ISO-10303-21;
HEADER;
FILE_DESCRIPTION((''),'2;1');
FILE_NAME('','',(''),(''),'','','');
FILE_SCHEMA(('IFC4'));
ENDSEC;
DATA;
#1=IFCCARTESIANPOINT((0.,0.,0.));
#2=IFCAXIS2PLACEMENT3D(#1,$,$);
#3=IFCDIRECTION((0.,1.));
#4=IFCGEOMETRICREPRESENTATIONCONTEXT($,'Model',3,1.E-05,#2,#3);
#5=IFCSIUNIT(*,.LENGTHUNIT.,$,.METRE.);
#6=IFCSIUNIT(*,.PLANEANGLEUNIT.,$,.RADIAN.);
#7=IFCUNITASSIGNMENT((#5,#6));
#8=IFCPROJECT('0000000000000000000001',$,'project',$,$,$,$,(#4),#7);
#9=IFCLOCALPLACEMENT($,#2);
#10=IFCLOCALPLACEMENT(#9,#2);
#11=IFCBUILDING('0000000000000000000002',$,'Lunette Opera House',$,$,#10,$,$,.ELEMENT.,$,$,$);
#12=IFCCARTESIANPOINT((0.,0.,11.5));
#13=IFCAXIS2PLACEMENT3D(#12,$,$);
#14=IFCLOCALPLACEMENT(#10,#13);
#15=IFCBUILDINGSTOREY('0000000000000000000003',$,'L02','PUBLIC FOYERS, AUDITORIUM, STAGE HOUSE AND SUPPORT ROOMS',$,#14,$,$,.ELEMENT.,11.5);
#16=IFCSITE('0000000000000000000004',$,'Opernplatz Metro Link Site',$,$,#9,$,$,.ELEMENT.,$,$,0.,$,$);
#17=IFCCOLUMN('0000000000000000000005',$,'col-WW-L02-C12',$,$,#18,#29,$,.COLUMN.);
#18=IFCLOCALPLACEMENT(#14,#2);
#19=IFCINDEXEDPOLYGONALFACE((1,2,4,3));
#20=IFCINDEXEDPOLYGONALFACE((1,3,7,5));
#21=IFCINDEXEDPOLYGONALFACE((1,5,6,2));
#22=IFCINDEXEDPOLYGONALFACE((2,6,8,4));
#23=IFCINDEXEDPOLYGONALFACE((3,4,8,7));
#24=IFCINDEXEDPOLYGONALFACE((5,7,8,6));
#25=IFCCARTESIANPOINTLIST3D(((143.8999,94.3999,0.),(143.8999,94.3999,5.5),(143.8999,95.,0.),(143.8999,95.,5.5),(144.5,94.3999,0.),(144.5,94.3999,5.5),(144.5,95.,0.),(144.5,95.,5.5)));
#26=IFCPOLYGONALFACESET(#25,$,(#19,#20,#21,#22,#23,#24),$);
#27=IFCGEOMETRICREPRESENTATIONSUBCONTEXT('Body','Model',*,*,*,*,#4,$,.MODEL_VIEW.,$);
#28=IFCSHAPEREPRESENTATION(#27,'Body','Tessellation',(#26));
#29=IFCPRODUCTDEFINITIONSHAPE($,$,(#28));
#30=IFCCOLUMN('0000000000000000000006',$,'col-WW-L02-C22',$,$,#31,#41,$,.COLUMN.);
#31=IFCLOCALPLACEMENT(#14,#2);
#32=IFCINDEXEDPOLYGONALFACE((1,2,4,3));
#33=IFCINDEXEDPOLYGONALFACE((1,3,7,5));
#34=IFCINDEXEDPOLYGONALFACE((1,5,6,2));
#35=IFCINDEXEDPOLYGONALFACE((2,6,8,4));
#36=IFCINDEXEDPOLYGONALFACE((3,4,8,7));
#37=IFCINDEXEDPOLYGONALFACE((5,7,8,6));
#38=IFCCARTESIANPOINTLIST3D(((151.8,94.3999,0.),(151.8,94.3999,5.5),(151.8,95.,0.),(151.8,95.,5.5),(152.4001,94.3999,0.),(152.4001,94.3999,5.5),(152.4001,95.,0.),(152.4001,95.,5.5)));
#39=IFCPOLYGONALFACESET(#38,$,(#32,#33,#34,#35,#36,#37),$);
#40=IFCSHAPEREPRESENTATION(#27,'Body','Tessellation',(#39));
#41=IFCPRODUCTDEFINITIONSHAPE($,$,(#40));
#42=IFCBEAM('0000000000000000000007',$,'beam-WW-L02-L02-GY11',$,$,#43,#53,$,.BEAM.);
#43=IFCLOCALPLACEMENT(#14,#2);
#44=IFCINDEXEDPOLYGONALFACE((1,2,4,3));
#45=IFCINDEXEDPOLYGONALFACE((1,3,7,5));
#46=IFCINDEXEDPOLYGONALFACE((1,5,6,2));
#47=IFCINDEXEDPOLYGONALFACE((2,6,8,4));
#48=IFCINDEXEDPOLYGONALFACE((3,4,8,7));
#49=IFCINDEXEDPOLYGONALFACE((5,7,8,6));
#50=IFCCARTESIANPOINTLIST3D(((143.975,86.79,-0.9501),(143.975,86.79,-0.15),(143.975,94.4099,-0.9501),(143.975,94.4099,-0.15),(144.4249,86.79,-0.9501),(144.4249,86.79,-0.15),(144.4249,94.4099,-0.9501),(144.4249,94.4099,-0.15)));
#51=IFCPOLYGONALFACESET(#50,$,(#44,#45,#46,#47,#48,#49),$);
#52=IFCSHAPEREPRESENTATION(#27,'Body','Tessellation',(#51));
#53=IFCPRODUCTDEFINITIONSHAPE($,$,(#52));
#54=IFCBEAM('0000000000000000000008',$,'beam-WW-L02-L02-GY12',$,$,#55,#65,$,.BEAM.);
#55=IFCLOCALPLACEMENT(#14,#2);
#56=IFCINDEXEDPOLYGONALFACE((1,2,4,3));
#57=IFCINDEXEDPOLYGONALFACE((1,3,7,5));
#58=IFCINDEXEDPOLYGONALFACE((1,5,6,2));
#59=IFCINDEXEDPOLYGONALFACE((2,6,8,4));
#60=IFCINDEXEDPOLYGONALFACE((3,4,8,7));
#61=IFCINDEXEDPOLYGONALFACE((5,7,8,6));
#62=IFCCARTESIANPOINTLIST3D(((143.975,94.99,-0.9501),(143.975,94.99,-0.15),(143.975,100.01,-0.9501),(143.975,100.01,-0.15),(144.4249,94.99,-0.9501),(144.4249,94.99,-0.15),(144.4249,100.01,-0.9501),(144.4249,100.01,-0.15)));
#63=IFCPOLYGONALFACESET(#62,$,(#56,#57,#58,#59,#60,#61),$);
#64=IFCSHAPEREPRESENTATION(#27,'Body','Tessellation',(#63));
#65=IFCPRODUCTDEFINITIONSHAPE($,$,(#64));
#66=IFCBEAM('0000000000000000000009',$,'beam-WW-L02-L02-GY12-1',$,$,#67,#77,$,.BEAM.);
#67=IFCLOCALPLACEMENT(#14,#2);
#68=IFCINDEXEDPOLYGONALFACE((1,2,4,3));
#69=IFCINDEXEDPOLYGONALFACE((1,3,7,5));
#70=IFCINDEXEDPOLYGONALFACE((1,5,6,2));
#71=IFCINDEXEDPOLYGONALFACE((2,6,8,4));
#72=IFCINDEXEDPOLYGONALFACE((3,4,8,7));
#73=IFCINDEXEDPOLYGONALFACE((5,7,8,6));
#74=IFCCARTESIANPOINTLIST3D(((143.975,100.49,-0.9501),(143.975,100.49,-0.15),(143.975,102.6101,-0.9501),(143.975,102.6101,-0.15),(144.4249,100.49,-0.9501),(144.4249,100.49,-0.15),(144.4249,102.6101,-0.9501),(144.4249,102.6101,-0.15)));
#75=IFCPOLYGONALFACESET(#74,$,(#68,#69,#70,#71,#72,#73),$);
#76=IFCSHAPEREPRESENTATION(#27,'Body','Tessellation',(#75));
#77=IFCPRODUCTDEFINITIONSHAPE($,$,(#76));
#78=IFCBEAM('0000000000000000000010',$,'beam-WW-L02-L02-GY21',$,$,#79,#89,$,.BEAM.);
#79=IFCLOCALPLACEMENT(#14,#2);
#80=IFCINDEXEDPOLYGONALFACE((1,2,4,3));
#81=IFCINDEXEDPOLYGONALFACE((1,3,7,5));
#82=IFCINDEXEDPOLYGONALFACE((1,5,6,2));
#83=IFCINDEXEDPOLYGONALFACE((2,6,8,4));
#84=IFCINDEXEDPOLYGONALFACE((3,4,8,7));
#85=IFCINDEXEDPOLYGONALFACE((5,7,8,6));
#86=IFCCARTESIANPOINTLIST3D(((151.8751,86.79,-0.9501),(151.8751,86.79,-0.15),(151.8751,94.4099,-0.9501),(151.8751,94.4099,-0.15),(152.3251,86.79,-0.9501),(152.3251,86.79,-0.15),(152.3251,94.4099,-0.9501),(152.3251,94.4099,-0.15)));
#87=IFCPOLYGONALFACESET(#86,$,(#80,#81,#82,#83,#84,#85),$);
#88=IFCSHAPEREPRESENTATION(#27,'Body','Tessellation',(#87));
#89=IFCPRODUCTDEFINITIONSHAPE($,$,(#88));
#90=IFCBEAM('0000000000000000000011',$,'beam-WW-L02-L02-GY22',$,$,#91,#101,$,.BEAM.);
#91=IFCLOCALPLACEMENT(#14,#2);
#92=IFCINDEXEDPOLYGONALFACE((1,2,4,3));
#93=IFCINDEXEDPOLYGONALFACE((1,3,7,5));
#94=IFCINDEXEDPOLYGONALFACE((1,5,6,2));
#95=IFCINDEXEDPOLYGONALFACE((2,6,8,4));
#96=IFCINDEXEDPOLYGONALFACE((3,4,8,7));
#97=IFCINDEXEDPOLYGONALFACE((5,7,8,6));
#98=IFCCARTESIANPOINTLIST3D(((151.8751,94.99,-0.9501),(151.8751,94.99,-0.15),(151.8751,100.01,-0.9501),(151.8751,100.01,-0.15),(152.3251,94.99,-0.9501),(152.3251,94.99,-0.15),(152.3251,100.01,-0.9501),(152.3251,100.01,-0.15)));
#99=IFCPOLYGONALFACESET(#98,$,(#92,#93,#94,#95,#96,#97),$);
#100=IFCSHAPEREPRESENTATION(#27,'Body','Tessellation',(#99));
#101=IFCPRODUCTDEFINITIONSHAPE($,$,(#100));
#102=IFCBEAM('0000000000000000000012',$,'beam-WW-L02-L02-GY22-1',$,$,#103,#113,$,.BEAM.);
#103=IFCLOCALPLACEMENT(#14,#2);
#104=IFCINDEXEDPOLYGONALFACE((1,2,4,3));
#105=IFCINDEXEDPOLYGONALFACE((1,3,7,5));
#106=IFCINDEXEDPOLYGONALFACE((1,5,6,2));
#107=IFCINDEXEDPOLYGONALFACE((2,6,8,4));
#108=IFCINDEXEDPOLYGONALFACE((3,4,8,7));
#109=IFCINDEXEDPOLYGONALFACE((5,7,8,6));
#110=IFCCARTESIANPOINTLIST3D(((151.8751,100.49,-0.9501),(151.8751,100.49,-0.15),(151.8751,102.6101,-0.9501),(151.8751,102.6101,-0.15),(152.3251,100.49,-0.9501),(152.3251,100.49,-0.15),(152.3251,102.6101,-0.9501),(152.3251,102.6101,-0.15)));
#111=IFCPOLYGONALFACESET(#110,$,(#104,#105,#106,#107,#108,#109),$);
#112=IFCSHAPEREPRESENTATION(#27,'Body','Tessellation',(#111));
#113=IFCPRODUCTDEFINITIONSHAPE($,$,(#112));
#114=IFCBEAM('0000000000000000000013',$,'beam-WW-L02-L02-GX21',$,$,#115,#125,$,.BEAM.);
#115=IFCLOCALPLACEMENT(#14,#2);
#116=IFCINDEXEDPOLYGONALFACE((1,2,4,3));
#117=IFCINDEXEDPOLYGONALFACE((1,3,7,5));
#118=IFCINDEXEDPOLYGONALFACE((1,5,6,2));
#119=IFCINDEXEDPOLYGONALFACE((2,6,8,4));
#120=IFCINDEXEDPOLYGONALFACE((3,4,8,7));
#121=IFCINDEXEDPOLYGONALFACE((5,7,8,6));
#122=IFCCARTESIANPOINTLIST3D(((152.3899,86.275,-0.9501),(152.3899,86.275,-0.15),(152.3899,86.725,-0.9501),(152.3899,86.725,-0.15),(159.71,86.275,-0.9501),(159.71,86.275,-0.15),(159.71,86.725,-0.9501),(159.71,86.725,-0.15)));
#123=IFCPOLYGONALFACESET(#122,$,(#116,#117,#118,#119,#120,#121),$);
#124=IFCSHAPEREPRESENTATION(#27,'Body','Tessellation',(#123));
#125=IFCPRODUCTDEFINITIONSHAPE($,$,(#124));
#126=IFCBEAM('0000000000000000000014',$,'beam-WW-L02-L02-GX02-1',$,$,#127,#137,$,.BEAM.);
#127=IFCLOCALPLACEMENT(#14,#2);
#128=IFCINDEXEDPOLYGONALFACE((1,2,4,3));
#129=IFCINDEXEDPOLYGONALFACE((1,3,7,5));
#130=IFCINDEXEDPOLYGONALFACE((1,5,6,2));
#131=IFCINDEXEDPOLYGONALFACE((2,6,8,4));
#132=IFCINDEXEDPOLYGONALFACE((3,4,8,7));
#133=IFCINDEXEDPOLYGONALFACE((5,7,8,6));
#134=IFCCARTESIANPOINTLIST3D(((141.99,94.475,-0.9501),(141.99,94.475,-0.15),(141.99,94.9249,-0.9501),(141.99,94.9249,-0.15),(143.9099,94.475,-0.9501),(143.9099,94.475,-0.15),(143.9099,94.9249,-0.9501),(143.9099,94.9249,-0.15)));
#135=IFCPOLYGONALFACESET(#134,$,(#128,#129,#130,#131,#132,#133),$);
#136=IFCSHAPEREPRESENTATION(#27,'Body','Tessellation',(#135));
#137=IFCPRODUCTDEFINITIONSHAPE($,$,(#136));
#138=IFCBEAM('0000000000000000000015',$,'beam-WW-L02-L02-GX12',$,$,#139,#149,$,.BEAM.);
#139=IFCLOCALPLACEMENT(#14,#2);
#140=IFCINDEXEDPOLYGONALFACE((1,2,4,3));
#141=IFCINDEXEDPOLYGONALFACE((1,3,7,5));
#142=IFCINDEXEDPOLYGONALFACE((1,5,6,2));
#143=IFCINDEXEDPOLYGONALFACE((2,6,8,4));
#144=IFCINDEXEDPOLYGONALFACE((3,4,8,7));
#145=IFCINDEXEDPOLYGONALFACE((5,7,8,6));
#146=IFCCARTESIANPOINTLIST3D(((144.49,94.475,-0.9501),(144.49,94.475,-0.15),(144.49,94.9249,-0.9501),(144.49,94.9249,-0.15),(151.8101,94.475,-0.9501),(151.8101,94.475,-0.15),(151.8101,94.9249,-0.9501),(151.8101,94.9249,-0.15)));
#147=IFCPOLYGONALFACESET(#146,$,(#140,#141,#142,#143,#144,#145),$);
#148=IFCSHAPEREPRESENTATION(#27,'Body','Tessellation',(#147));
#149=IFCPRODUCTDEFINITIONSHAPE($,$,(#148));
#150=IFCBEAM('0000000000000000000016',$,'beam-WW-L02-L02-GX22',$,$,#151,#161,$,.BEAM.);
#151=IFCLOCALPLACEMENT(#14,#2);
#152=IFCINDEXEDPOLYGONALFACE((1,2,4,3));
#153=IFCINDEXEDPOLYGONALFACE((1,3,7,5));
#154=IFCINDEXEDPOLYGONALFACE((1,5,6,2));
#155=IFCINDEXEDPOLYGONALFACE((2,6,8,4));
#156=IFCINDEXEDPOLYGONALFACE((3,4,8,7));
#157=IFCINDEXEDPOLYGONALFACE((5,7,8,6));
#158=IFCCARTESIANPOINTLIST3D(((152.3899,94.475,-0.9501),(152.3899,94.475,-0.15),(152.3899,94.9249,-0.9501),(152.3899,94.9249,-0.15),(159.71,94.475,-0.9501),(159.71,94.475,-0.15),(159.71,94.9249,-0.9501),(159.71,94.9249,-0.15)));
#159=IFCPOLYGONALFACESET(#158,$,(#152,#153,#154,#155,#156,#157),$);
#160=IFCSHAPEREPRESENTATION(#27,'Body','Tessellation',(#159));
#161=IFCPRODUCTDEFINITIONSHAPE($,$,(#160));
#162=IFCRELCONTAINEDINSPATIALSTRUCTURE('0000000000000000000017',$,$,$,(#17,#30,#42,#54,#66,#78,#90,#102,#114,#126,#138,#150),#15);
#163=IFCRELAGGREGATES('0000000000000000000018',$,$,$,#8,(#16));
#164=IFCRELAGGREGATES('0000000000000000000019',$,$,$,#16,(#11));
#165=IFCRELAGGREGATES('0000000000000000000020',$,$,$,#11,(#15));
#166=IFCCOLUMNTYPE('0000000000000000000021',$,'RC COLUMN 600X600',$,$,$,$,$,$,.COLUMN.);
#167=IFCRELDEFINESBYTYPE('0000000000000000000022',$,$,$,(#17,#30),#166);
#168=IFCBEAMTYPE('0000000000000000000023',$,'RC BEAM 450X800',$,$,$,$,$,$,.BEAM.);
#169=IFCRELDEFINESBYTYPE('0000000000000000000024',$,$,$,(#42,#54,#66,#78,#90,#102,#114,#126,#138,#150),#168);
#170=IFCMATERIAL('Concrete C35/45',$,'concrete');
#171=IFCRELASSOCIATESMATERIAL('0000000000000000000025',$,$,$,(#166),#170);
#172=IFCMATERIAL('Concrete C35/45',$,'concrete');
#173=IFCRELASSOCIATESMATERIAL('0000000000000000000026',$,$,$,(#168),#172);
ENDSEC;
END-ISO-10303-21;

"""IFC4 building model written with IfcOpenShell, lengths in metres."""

from ifc_helpers import new_model, si_unit, direction, frame, origin, origin_2d, place, context, subcontext, project, spatial, rectangle, extrude, material, material_profile, profile_set, type_object, element, save


model = new_model("IFC4")

# Units and contexts
model_context = context("Model", 3, precision=1e-05, world=origin(), true_north=direction((0.0, 1.0)))
body_context = subcontext(model_context, "Body", "Model", "MODEL_VIEW")
ifc_project = project(units=[si_unit("LENGTHUNIT", "METRE"), si_unit("PLANEANGLEUNIT", "RADIAN")], contexts=[model_context])

# Site, building, storey
site_placement = place(None, origin())
site = spatial("IfcSite", under=ifc_project, at=site_placement, Name="Opernplatz Metro Link Site", CompositionType="ELEMENT", RefElevation=0.0)
building_placement = place(site_placement, origin())
building = spatial("IfcBuilding", under=site, at=building_placement, Name="Lunette Opera House", CompositionType="ELEMENT")
storey_placement = place(building_placement, frame((0.0, 0.0, 11.5)))
storey = spatial("IfcBuildingStorey", under=building, at=storey_placement, Name="L02", Description="PUBLIC FOYERS, AUDITORIUM, STAGE HOUSE AND SUPPORT ROOMS", CompositionType="ELEMENT", Elevation=11.5)

# Columns
ifc_material_1 = material(Name="Concrete C35/45", Category="concrete")
ifc_material_profile_1 = material_profile(ifc_material_1, rectangle(XDim=0.6001, YDim=0.6001, at=origin_2d()), Name="RC COLUMN 600X600")
ifc_profile_set_1 = profile_set([ifc_material_profile_1], Name="Concrete C35/45")
column_type = type_object("IfcColumnType", Name="RC COLUMN 600X600", PredefinedType="COLUMN", material=ifc_profile_set_1)
for number, where, z_axis, x_axis, name in (
    (1, (144.2, 94.7, 0.0), (0.0, 0.0, 1.0), (1.0, 0.0, 0.0), "col-WW-L02-C12"),
    (2, (152.1001, 94.7, 0.0), (0.0, 0.0, 1.0), (1.0, 0.0, 0.0), "col-WW-L02-C22"),
):
    element("IfcColumn", number, at=place(storey_placement, frame(where, z_axis=z_axis, x_axis=x_axis)), inside=storey, type_object=column_type, Name=name, PredefinedType="COLUMN", context=body_context, shape_type="SweptSolid", body=[
        extrude(rectangle(XDim=0.6001, YDim=0.6001, at=origin_2d()), origin(), (0.0, 0.0, 1.0), 5.5),
    ])

# Beams
ifc_material_2 = material(Name="Concrete C35/45", Category="concrete")
ifc_material_profile_2 = material_profile(ifc_material_2, rectangle(XDim=0.45, YDim=0.8, at=origin_2d()), Name="RC BEAM 450X800")
ifc_profile_set_2 = profile_set([ifc_material_profile_2], Name="Concrete C35/45")
beam_type_1 = type_object("IfcBeamType", Name="RC BEAM 450X800", PredefinedType="BEAM", material=ifc_profile_set_2)
beam_1_placement = place(storey_placement, frame((144.2, 86.79, -0.55), z_axis=(0.0, 1.0, 0.0), x_axis=(-1.0, 0.0, 0.0)))
element("IfcBeam", 3, at=beam_1_placement, inside=storey, type_object=beam_type_1, Name="beam-WW-L02-L02-GY11", PredefinedType="BEAM", context=body_context, shape_type="SweptSolid", body=[
    extrude(rectangle(XDim=0.45, YDim=0.8, at=origin_2d()), origin(), (0.0, 0.0, 1.0), 7.6199),
])
beam_2_placement = place(storey_placement, frame((144.2, 94.99, -0.55), z_axis=(0.0, 1.0, 0.0), x_axis=(-1.0, 0.0, 0.0)))
element("IfcBeam", 4, at=beam_2_placement, inside=storey, type_object=beam_type_1, Name="beam-WW-L02-L02-GY12", PredefinedType="BEAM", context=body_context, shape_type="SweptSolid", body=[
    extrude(rectangle(XDim=0.45, YDim=0.8, at=origin_2d()), origin(), (0.0, 0.0, 1.0), 5.02),
])
beam_3_placement = place(storey_placement, frame((144.2, 100.49, -0.55), z_axis=(0.0, 1.0, 0.0), x_axis=(-1.0, 0.0, 0.0)))
element("IfcBeam", 5, at=beam_3_placement, inside=storey, type_object=beam_type_1, Name="beam-WW-L02-L02-GY12-1", PredefinedType="BEAM", context=body_context, shape_type="SweptSolid", body=[
    extrude(rectangle(XDim=0.45, YDim=0.8, at=origin_2d()), origin(), (0.0, 0.0, 1.0), 2.1201),
])
beam_4_placement = place(storey_placement, frame((152.1001, 86.79, -0.55), z_axis=(0.0, 1.0, 0.0), x_axis=(-1.0, 0.0, 0.0)))
element("IfcBeam", 6, at=beam_4_placement, inside=storey, type_object=beam_type_1, Name="beam-WW-L02-L02-GY21", PredefinedType="BEAM", context=body_context, shape_type="SweptSolid", body=[
    extrude(rectangle(XDim=0.45, YDim=0.8, at=origin_2d()), origin(), (0.0, 0.0, 1.0), 7.6199),
])
beam_5_placement = place(storey_placement, frame((152.1001, 94.99, -0.55), z_axis=(0.0, 1.0, 0.0), x_axis=(-1.0, 0.0, 0.0)))
element("IfcBeam", 7, at=beam_5_placement, inside=storey, type_object=beam_type_1, Name="beam-WW-L02-L02-GY22", PredefinedType="BEAM", context=body_context, shape_type="SweptSolid", body=[
    extrude(rectangle(XDim=0.45, YDim=0.8, at=origin_2d()), origin(), (0.0, 0.0, 1.0), 5.02),
])
beam_6_placement = place(storey_placement, frame((152.1001, 100.49, -0.55), z_axis=(0.0, 1.0, 0.0), x_axis=(-1.0, 0.0, 0.0)))
element("IfcBeam", 8, at=beam_6_placement, inside=storey, type_object=beam_type_1, Name="beam-WW-L02-L02-GY22-1", PredefinedType="BEAM", context=body_context, shape_type="SweptSolid", body=[
    extrude(rectangle(XDim=0.45, YDim=0.8, at=origin_2d()), origin(), (0.0, 0.0, 1.0), 2.1201),
])
beam_7_placement = place(storey_placement, frame((152.3899, 86.5, -0.55), z_axis=(1.0, 0.0, 0.0), x_axis=(0.0, 1.0, 0.0)))
element("IfcBeam", 9, at=beam_7_placement, inside=storey, type_object=beam_type_1, Name="beam-WW-L02-L02-GX21", PredefinedType="BEAM", context=body_context, shape_type="SweptSolid", body=[
    extrude(rectangle(XDim=0.45, YDim=0.8, at=origin_2d()), origin(), (0.0, 0.0, 1.0), 7.3201),
])
beam_8_placement = place(storey_placement, frame((141.99, 94.7, -0.55), z_axis=(1.0, 0.0, 0.0), x_axis=(0.0, 1.0, 0.0)))
element("IfcBeam", 10, at=beam_8_placement, inside=storey, type_object=beam_type_1, Name="beam-WW-L02-L02-GX02-1", PredefinedType="BEAM", context=body_context, shape_type="SweptSolid", body=[
    extrude(rectangle(XDim=0.45, YDim=0.8, at=origin_2d()), origin(), (0.0, 0.0, 1.0), 1.9199),
])
for number, where, z_axis, x_axis, name in (
    (11, (144.49, 94.7, -0.55), (1.0, 0.0, 0.0), (0.0, 1.0, 0.0), "beam-WW-L02-L02-GX12"),
    (12, (152.3899, 94.7, -0.55), (1.0, 0.0, 0.0), (0.0, 1.0, 0.0), "beam-WW-L02-L02-GX22"),
):
    element("IfcBeam", number, at=place(storey_placement, frame(where, z_axis=z_axis, x_axis=x_axis)), inside=storey, type_object=beam_type_1, Name=name, PredefinedType="BEAM", context=body_context, shape_type="SweptSolid", body=[
        extrude(rectangle(XDim=0.45, YDim=0.8, at=origin_2d()), origin(), (0.0, 0.0, 1.0), 7.3201),
    ])

save(model, "model.ifc")
